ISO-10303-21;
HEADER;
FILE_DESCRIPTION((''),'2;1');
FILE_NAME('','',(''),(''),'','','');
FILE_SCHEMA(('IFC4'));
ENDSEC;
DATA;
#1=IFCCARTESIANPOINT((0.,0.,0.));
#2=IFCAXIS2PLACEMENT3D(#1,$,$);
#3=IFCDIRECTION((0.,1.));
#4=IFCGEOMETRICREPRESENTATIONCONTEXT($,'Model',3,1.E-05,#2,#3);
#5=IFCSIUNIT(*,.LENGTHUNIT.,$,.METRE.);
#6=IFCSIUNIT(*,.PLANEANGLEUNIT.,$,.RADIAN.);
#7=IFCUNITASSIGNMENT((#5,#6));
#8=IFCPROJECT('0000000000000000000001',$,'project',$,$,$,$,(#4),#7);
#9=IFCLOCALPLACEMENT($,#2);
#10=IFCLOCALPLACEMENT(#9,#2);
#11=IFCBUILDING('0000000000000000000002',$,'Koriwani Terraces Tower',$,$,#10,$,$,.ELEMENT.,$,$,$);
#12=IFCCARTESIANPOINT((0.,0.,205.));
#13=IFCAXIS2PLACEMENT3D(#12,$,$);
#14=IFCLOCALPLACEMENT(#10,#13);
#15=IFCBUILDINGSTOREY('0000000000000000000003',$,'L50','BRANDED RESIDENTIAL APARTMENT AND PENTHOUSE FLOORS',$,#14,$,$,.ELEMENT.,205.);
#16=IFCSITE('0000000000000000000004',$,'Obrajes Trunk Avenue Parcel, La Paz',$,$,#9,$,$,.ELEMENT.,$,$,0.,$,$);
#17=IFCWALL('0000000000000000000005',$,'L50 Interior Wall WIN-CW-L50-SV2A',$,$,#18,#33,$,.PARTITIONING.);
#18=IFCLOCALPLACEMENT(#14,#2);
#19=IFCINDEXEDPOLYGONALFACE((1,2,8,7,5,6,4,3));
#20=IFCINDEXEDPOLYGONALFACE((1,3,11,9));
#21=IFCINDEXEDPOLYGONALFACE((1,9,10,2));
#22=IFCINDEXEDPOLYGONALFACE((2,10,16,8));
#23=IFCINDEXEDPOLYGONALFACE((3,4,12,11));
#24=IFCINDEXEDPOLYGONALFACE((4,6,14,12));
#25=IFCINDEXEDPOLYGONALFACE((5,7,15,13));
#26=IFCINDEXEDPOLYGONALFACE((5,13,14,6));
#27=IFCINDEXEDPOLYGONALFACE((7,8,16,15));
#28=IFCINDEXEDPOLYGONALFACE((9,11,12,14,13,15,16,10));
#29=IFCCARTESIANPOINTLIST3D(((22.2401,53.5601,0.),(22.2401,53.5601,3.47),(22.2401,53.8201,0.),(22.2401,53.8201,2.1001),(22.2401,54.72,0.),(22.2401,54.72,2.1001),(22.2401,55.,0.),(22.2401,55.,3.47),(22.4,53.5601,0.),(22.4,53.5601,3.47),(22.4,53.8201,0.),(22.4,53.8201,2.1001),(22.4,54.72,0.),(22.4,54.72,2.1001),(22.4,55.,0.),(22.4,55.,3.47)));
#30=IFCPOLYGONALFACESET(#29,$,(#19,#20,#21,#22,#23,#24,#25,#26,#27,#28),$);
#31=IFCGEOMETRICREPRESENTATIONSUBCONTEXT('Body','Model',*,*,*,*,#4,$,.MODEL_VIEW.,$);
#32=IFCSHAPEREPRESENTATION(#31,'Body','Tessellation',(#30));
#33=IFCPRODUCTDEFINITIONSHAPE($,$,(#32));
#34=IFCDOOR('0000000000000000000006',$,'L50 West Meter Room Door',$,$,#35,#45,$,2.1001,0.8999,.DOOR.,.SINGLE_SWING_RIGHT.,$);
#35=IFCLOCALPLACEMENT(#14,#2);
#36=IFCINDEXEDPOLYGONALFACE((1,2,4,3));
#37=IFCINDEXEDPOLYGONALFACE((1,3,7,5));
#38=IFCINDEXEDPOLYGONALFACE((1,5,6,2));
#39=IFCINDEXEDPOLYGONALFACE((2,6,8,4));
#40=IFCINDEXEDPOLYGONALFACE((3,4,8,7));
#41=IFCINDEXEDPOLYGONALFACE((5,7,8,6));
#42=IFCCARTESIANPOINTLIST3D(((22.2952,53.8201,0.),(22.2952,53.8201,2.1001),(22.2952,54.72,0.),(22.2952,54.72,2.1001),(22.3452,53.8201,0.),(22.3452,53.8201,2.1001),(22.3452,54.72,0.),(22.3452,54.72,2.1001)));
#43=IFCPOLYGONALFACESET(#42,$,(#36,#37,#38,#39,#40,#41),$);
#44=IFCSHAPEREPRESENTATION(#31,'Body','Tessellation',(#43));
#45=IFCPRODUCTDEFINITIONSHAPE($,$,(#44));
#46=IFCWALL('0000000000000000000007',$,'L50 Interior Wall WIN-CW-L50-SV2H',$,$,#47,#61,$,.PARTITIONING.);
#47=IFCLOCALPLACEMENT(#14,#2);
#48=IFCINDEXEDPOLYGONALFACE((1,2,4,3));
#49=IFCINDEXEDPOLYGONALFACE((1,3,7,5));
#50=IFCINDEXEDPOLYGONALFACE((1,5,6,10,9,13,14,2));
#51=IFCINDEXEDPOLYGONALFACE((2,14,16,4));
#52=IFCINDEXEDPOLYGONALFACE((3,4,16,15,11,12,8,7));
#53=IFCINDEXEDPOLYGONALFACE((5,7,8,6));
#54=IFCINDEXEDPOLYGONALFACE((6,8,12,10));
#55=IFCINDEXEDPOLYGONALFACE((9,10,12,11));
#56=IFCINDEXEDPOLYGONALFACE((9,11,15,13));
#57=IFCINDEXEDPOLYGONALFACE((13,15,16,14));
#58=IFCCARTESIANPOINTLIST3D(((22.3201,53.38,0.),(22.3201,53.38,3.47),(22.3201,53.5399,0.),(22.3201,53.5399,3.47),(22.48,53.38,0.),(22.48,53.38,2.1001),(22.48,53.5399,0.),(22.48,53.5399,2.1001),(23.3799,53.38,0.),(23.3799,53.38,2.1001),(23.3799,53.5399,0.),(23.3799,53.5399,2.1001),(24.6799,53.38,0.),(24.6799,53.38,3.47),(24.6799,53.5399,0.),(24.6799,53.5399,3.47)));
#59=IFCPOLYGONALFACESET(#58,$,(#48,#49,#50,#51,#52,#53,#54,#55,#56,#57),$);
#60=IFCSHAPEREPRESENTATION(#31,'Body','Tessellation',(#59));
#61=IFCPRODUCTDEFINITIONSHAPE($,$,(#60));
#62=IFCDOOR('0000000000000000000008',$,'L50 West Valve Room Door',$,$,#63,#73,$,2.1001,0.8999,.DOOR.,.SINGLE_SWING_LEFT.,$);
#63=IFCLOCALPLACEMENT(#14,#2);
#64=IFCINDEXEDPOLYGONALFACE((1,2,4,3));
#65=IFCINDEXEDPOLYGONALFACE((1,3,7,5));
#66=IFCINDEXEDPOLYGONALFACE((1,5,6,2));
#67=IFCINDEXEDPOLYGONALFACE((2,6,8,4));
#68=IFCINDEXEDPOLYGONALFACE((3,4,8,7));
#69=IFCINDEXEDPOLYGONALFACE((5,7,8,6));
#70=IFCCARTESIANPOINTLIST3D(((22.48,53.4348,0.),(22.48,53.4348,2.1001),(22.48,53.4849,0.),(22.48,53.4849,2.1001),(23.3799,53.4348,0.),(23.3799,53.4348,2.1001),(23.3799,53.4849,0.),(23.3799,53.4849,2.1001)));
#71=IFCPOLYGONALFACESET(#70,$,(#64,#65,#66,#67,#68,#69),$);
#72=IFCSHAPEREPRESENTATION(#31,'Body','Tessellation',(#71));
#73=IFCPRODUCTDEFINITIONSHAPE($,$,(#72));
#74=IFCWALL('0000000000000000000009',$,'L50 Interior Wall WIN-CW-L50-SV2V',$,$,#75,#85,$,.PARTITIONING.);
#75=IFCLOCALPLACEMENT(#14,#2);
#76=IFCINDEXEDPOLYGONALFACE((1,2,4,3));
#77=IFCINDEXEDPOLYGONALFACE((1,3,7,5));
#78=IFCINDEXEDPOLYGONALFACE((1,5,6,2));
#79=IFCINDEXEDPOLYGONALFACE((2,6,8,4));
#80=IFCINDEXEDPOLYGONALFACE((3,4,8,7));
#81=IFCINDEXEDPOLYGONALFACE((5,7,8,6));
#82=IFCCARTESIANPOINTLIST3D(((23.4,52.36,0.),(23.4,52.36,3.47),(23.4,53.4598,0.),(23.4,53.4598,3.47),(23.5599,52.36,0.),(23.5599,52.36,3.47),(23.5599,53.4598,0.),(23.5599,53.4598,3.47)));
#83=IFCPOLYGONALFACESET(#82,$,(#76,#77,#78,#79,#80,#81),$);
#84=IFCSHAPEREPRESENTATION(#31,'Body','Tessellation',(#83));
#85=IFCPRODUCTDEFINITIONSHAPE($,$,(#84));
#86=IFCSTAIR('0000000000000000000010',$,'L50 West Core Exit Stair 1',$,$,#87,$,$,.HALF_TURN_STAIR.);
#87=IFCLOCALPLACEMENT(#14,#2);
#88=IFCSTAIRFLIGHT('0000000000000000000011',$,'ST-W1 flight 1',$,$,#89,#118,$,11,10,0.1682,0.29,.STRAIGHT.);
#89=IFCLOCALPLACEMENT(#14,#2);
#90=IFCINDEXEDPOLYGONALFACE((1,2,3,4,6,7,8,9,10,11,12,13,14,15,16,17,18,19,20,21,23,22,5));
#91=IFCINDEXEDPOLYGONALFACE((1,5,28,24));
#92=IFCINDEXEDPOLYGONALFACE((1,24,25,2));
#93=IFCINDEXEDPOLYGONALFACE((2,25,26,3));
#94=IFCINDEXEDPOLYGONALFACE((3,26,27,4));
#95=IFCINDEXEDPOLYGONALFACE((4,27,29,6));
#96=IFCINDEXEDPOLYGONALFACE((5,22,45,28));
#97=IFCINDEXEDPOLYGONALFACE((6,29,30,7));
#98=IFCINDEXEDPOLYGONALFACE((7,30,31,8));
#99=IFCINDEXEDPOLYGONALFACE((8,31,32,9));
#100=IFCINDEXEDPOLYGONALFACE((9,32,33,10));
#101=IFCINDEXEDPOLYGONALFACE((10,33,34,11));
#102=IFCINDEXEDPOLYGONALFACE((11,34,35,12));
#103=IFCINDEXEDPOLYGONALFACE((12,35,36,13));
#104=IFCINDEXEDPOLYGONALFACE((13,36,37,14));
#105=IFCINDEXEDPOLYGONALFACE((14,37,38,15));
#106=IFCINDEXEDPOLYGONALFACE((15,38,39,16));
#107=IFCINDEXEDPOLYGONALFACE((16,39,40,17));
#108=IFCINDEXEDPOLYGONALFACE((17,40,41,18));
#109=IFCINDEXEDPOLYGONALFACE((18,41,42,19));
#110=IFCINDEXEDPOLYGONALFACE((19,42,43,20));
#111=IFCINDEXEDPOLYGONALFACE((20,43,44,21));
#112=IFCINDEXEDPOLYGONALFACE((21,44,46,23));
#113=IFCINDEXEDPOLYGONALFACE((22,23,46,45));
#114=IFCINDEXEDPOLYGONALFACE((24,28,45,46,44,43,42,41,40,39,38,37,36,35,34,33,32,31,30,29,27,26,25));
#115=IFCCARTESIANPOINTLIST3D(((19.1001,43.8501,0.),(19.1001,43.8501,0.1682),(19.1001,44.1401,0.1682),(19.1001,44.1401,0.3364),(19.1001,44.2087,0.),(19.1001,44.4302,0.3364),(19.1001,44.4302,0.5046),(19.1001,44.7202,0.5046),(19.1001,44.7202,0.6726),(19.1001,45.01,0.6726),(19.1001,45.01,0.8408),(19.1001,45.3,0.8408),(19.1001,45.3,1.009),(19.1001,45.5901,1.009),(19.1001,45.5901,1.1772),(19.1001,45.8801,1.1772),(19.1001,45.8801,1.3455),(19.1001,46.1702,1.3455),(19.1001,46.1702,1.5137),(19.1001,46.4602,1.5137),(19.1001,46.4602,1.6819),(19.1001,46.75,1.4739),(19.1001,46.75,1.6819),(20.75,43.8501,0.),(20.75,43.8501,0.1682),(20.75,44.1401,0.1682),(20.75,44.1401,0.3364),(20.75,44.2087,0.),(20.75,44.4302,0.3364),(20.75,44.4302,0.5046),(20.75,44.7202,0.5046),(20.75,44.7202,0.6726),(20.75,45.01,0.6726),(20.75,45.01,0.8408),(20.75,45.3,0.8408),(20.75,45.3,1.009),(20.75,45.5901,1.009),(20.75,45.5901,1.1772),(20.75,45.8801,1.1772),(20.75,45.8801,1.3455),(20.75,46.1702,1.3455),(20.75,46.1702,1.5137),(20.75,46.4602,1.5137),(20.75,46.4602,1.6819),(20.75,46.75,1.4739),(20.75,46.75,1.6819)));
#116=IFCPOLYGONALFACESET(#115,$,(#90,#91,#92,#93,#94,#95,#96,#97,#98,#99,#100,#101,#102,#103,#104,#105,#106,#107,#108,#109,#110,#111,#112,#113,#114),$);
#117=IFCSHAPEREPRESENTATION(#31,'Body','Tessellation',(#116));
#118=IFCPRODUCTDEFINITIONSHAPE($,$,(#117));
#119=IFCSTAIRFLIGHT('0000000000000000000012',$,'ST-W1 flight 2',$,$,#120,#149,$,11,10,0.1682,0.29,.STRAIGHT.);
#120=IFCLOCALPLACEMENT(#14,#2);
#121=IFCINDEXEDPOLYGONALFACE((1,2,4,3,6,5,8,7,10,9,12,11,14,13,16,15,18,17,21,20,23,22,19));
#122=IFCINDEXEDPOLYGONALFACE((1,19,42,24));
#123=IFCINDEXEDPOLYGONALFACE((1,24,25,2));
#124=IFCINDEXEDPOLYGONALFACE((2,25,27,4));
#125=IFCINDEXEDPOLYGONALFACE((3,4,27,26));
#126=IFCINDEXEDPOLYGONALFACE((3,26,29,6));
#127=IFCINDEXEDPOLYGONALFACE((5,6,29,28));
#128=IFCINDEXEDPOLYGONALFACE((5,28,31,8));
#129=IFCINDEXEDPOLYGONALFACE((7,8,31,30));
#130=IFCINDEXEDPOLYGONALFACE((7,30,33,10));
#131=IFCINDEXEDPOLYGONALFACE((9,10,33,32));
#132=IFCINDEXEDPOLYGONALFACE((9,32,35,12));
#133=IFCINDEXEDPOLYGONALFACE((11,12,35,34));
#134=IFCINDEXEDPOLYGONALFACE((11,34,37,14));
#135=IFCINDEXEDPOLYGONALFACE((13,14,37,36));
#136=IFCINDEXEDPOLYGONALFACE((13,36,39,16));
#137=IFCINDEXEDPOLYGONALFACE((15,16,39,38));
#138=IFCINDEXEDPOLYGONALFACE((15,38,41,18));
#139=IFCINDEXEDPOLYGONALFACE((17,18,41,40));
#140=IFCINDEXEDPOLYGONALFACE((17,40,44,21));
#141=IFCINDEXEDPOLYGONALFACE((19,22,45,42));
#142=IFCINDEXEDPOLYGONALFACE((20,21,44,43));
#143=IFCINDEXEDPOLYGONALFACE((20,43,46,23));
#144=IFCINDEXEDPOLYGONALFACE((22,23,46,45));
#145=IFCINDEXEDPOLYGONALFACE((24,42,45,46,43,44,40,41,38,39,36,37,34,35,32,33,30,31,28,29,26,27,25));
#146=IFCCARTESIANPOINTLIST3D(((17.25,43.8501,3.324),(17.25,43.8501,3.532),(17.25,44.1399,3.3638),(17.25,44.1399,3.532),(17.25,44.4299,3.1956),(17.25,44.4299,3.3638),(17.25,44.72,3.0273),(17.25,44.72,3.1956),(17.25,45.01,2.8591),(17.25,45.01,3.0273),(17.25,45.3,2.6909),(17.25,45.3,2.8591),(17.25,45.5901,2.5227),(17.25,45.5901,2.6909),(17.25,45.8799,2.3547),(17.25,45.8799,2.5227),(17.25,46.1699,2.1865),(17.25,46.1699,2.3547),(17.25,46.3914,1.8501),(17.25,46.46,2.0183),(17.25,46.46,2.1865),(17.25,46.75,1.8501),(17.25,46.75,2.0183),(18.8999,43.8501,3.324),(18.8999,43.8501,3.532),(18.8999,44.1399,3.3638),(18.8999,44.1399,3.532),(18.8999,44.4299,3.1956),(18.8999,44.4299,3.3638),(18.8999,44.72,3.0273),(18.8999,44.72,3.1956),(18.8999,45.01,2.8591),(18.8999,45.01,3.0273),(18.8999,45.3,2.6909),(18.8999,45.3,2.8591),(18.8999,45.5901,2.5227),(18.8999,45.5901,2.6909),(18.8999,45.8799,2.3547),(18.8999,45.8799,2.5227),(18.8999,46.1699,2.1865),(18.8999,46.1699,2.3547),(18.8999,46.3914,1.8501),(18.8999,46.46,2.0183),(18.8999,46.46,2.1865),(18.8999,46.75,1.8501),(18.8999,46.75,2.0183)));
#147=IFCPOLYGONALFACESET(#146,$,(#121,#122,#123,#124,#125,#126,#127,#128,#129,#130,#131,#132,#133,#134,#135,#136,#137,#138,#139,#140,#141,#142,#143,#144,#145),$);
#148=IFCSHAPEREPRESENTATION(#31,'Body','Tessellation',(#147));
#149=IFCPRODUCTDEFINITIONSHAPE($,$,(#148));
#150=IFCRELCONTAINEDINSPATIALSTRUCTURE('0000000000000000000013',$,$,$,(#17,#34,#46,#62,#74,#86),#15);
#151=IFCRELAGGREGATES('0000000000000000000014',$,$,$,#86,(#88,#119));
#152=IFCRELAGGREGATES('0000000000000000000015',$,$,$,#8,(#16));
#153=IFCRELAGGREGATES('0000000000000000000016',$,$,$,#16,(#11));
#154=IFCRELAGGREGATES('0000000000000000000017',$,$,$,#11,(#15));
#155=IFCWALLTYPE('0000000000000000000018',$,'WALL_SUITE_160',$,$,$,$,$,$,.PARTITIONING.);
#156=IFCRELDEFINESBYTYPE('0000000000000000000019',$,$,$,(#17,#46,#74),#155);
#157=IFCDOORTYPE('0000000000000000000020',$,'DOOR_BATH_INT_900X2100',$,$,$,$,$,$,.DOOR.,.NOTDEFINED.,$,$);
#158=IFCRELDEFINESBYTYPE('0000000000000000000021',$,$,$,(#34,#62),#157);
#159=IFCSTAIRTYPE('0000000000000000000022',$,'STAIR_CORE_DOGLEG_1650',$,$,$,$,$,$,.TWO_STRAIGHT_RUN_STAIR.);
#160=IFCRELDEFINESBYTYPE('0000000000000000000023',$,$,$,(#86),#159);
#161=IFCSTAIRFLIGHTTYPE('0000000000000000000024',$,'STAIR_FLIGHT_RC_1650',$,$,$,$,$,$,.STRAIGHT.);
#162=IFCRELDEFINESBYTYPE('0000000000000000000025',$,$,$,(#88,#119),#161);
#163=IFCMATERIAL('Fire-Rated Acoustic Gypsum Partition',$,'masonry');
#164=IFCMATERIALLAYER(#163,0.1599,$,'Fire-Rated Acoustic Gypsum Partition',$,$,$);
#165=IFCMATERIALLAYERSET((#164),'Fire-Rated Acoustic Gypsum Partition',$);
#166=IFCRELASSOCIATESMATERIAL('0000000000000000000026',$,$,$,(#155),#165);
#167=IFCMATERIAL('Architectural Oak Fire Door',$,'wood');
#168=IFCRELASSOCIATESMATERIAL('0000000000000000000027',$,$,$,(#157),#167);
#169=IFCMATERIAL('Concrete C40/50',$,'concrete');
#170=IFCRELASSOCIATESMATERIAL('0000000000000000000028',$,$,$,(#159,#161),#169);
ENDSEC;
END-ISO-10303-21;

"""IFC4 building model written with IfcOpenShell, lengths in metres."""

from ifc_helpers import new_model, si_unit, direction, frame, frame_2d, origin, place, context, subcontext, project, spatial, polyline, rectangle, outline, extrude, material, layer, layer_set, type_object, element, fill, aggregate, save


model = new_model("IFC4")

# Units and contexts
model_context = context("Model", 3, precision=1e-05, world=origin(), true_north=direction((0.0, 1.0)))
body_context = subcontext(model_context, "Body", "Model", "MODEL_VIEW")
ifc_project = project(units=[si_unit("LENGTHUNIT", "METRE"), si_unit("PLANEANGLEUNIT", "RADIAN")], contexts=[model_context])

# Site, building, storey
site_placement = place(None, origin())
site = spatial("IfcSite", under=ifc_project, at=site_placement, Name="Obrajes Trunk Avenue Parcel, La Paz", CompositionType="ELEMENT", RefElevation=0.0)
building_placement = place(site_placement, origin())
building = spatial("IfcBuilding", under=site, at=building_placement, Name="Koriwani Terraces Tower", CompositionType="ELEMENT")
storey_placement = place(building_placement, frame((0.0, 0.0, 205.0)))
storey = spatial("IfcBuildingStorey", under=building, at=storey_placement, Name="L50", Description="BRANDED RESIDENTIAL APARTMENT AND PENTHOUSE FLOORS", CompositionType="ELEMENT", Elevation=205.0)

# Shared definitions
ifc_material_1 = material(Name="Concrete C40/50", Category="concrete")

# Walls, openings, doors
ifc_material_2 = material(Name="Fire-Rated Acoustic Gypsum Partition", Category="masonry")
ifc_layer_1 = layer(ifc_material_2, 0.1599, Name="Fire-Rated Acoustic Gypsum Partition")
ifc_layer_set_1 = layer_set([ifc_layer_1], Name="Fire-Rated Acoustic Gypsum Partition")
wall_type_1 = type_object("IfcWallType", Name="WALL_SUITE_160", PredefinedType="PARTITIONING", material=ifc_layer_set_1)
wall_1_placement = place(storey_placement, frame((22.3201, 53.5601, 0.0), z_axis=(0.0, 0.0, 1.0), x_axis=(0.0, 1.0, 0.0)))
wall_1 = element("IfcWall", 1, at=wall_1_placement, inside=storey, type_object=wall_type_1, Name="L50 Interior Wall WIN-CW-L50-SV2A", PredefinedType="PARTITIONING", context=body_context, shape_type="SweptSolid", body=[
    extrude(rectangle(XDim=1.4399, YDim=0.1599, at=frame_2d((0.72, 0.0))), origin(), (0.0, 0.0, 1.0), 3.47),
])
opening_1_placement = place(wall_1_placement, frame((0.26, 0.0, 0.0)))
opening_1 = element("IfcOpeningElement", 2, at=opening_1_placement, cuts=wall_1, PredefinedType="OPENING", context=body_context, shape_type="SweptSolid", body=[
    extrude(rectangle(XDim=0.8999, YDim=2.1001, at=frame_2d((0.45, 1.05))), frame((0.0, 0.0898, 0.0), z_axis=(0.0, -1.0, 0.0), x_axis=(1.0, 0.0, 0.0)), (0.0, 0.0, 1.0), 0.1799),
])
ifc_material_3 = material(Name="Architectural Oak Fire Door", Category="wood")
door_type_1 = type_object("IfcDoorType", Name="DOOR_BATH_INT_900X2100", OperationType="NOTDEFINED", PredefinedType="DOOR", material=ifc_material_3)
door_1_placement = place(opening_1_placement, origin())
door_1 = element("IfcDoor", 3, at=door_1_placement, inside=storey, type_object=door_type_1, Name="L50 West Meter Room Door", OperationType="SINGLE_SWING_RIGHT", OverallHeight=2.1001, OverallWidth=0.8999, PredefinedType="DOOR", context=body_context, shape_type="SweptSolid", body=[
    extrude(rectangle(XDim=0.8999, YDim=2.1001, at=frame_2d((0.45, 1.05))), frame((0.0, 0.0249, 0.0), z_axis=(0.0, -1.0, 0.0), x_axis=(1.0, 0.0, 0.0)), (0.0, 0.0, 1.0), 0.05),
])
fill(opening_1, door_1)
wall_2_placement = place(storey_placement, frame((22.3201, 53.46, 0.0), z_axis=(0.0, 0.0, 1.0), x_axis=(1.0, 0.0, 0.0)))
wall_2 = element("IfcWall", 4, at=wall_2_placement, inside=storey, type_object=wall_type_1, Name="L50 Interior Wall WIN-CW-L50-SV2H", PredefinedType="PARTITIONING", context=body_context, shape_type="SweptSolid", body=[
    extrude(rectangle(XDim=2.3599, YDim=0.1599, at=frame_2d((1.1799, 0.0))), origin(), (0.0, 0.0, 1.0), 3.47),
])
opening_2_placement = place(wall_2_placement, frame((0.1599, 0.0, 0.0)))
opening_2 = element("IfcOpeningElement", 5, at=opening_2_placement, cuts=wall_2, PredefinedType="OPENING", context=body_context, shape_type="SweptSolid", body=[
    extrude(rectangle(XDim=0.8999, YDim=2.1001, at=frame_2d((0.45, 1.05))), frame((0.0, 0.0898, 0.0), z_axis=(0.0, -1.0, 0.0), x_axis=(1.0, 0.0, 0.0)), (0.0, 0.0, 1.0), 0.1799),
])
door_2_placement = place(opening_2_placement, origin())
door_2 = element("IfcDoor", 6, at=door_2_placement, inside=storey, type_object=door_type_1, Name="L50 West Valve Room Door", OperationType="SINGLE_SWING_LEFT", OverallHeight=2.1001, OverallWidth=0.8999, PredefinedType="DOOR", context=body_context, shape_type="SweptSolid", body=[
    extrude(rectangle(XDim=0.8999, YDim=2.1001, at=frame_2d((0.45, 1.05))), frame((0.0, 0.0249, 0.0), z_axis=(0.0, -1.0, 0.0), x_axis=(1.0, 0.0, 0.0)), (0.0, 0.0, 1.0), 0.05),
])
fill(opening_2, door_2)

# Wall
wall_3_placement = place(storey_placement, frame((23.48, 52.3601, 0.0), z_axis=(0.0, 0.0, 1.0), x_axis=(0.0, 1.0, 0.0)))
element("IfcWall", 7, at=wall_3_placement, inside=storey, type_object=wall_type_1, Name="L50 Interior Wall WIN-CW-L50-SV2V", PredefinedType="PARTITIONING", context=body_context, shape_type="SweptSolid", body=[
    extrude(rectangle(XDim=1.0999, YDim=0.1599, at=frame_2d((0.5498, 0.0))), origin(), (0.0, 0.0, 1.0), 3.47),
])

# Stair, stair flights
stair_type = type_object("IfcStairType", Name="STAIR_CORE_DOGLEG_1650", PredefinedType="TWO_STRAIGHT_RUN_STAIR", material=ifc_material_1)
stair_placement = place(storey_placement, origin())
stair = element("IfcStair", 8, at=stair_placement, inside=storey, type_object=stair_type, Name="L50 West Core Exit Stair 1", PredefinedType="HALF_TURN_STAIR")
stair_flight_type = type_object("IfcStairFlightType", Name="STAIR_FLIGHT_RC_1650", PredefinedType="STRAIGHT", material=ifc_material_1)
stair_flight_1_placement = place(storey_placement, frame((19.925, 43.8501, 0.0), z_axis=(0.0, 0.0, 1.0), x_axis=(0.0, 1.0, 0.0)))
stair_flight_1 = element("IfcStairFlight", 9, at=stair_flight_1_placement, type_object=stair_flight_type, Name="ST-W1 flight 1", NumberOfRisers=11, NumberOfTreads=10, PredefinedType="STRAIGHT", RiserHeight=0.1682, TreadLength=0.29, context=body_context, shape_type="SweptSolid", body=[
    extrude(outline(polyline([(0.0, 0.0), (0.0, 0.1682), (0.29, 0.1682), (0.29, 0.3364), (0.5801, 0.3364), (0.5801, 0.5046), (0.8701, 0.5046), (0.8701, 0.6726), (1.1599, 0.6726), (1.1599, 0.8408), (1.45, 0.8408), (1.45, 1.009), (1.74, 1.009), (1.74, 1.1772), (2.03, 1.1772), (2.03, 1.3455), (2.3201, 1.3455), (2.3201, 1.5137), (2.6101, 1.5137), (2.6101, 1.6819), (2.8999, 1.6819), (2.8999, 1.8501), (2.8999, 1.4739), (0.3586, 0.0), (0.0, 0.0)])), frame((0.0, 0.825, 0.0), z_axis=(0.0, -1.0, 0.0), x_axis=(1.0, 0.0, 0.0)), (0.0, 0.0, 1.0), 1.6499),
])
stair_flight_2_placement = place(storey_placement, frame((18.075, 46.75, 1.8501), z_axis=(0.0, 0.0, 1.0), x_axis=(0.0, -1.0, 0.0)))
stair_flight_2 = element("IfcStairFlight", 10, at=stair_flight_2_placement, type_object=stair_flight_type, Name="ST-W1 flight 2", NumberOfRisers=11, NumberOfTreads=10, PredefinedType="STRAIGHT", RiserHeight=0.1682, TreadLength=0.29, context=body_context, shape_type="SweptSolid", body=[
    extrude(outline(polyline([(0.0, 0.0), (0.0, 0.1682), (0.29, 0.1682), (0.29, 0.3364), (0.5801, 0.3364), (0.5801, 0.5046), (0.8701, 0.5046), (0.8701, 0.6726), (1.1599, 0.6726), (1.1599, 0.8408), (1.45, 0.8408), (1.45, 1.009), (1.74, 1.009), (1.74, 1.1772), (2.03, 1.1772), (2.03, 1.3455), (2.3201, 1.3455), (2.3201, 1.5137), (2.6101, 1.5137), (2.6101, 1.6819), (2.8999, 1.6819), (2.8999, 1.8501), (2.8999, 1.4739), (0.3586, 0.0), (0.0, 0.0)])), frame((0.0, 0.825, 0.0), z_axis=(0.0, -1.0, 0.0), x_axis=(1.0, 0.0, 0.0)), (0.0, 0.0, 1.0), 1.6499),
])
aggregate(stair, [stair_flight_1, stair_flight_2])

save(model, "model.ifc")
